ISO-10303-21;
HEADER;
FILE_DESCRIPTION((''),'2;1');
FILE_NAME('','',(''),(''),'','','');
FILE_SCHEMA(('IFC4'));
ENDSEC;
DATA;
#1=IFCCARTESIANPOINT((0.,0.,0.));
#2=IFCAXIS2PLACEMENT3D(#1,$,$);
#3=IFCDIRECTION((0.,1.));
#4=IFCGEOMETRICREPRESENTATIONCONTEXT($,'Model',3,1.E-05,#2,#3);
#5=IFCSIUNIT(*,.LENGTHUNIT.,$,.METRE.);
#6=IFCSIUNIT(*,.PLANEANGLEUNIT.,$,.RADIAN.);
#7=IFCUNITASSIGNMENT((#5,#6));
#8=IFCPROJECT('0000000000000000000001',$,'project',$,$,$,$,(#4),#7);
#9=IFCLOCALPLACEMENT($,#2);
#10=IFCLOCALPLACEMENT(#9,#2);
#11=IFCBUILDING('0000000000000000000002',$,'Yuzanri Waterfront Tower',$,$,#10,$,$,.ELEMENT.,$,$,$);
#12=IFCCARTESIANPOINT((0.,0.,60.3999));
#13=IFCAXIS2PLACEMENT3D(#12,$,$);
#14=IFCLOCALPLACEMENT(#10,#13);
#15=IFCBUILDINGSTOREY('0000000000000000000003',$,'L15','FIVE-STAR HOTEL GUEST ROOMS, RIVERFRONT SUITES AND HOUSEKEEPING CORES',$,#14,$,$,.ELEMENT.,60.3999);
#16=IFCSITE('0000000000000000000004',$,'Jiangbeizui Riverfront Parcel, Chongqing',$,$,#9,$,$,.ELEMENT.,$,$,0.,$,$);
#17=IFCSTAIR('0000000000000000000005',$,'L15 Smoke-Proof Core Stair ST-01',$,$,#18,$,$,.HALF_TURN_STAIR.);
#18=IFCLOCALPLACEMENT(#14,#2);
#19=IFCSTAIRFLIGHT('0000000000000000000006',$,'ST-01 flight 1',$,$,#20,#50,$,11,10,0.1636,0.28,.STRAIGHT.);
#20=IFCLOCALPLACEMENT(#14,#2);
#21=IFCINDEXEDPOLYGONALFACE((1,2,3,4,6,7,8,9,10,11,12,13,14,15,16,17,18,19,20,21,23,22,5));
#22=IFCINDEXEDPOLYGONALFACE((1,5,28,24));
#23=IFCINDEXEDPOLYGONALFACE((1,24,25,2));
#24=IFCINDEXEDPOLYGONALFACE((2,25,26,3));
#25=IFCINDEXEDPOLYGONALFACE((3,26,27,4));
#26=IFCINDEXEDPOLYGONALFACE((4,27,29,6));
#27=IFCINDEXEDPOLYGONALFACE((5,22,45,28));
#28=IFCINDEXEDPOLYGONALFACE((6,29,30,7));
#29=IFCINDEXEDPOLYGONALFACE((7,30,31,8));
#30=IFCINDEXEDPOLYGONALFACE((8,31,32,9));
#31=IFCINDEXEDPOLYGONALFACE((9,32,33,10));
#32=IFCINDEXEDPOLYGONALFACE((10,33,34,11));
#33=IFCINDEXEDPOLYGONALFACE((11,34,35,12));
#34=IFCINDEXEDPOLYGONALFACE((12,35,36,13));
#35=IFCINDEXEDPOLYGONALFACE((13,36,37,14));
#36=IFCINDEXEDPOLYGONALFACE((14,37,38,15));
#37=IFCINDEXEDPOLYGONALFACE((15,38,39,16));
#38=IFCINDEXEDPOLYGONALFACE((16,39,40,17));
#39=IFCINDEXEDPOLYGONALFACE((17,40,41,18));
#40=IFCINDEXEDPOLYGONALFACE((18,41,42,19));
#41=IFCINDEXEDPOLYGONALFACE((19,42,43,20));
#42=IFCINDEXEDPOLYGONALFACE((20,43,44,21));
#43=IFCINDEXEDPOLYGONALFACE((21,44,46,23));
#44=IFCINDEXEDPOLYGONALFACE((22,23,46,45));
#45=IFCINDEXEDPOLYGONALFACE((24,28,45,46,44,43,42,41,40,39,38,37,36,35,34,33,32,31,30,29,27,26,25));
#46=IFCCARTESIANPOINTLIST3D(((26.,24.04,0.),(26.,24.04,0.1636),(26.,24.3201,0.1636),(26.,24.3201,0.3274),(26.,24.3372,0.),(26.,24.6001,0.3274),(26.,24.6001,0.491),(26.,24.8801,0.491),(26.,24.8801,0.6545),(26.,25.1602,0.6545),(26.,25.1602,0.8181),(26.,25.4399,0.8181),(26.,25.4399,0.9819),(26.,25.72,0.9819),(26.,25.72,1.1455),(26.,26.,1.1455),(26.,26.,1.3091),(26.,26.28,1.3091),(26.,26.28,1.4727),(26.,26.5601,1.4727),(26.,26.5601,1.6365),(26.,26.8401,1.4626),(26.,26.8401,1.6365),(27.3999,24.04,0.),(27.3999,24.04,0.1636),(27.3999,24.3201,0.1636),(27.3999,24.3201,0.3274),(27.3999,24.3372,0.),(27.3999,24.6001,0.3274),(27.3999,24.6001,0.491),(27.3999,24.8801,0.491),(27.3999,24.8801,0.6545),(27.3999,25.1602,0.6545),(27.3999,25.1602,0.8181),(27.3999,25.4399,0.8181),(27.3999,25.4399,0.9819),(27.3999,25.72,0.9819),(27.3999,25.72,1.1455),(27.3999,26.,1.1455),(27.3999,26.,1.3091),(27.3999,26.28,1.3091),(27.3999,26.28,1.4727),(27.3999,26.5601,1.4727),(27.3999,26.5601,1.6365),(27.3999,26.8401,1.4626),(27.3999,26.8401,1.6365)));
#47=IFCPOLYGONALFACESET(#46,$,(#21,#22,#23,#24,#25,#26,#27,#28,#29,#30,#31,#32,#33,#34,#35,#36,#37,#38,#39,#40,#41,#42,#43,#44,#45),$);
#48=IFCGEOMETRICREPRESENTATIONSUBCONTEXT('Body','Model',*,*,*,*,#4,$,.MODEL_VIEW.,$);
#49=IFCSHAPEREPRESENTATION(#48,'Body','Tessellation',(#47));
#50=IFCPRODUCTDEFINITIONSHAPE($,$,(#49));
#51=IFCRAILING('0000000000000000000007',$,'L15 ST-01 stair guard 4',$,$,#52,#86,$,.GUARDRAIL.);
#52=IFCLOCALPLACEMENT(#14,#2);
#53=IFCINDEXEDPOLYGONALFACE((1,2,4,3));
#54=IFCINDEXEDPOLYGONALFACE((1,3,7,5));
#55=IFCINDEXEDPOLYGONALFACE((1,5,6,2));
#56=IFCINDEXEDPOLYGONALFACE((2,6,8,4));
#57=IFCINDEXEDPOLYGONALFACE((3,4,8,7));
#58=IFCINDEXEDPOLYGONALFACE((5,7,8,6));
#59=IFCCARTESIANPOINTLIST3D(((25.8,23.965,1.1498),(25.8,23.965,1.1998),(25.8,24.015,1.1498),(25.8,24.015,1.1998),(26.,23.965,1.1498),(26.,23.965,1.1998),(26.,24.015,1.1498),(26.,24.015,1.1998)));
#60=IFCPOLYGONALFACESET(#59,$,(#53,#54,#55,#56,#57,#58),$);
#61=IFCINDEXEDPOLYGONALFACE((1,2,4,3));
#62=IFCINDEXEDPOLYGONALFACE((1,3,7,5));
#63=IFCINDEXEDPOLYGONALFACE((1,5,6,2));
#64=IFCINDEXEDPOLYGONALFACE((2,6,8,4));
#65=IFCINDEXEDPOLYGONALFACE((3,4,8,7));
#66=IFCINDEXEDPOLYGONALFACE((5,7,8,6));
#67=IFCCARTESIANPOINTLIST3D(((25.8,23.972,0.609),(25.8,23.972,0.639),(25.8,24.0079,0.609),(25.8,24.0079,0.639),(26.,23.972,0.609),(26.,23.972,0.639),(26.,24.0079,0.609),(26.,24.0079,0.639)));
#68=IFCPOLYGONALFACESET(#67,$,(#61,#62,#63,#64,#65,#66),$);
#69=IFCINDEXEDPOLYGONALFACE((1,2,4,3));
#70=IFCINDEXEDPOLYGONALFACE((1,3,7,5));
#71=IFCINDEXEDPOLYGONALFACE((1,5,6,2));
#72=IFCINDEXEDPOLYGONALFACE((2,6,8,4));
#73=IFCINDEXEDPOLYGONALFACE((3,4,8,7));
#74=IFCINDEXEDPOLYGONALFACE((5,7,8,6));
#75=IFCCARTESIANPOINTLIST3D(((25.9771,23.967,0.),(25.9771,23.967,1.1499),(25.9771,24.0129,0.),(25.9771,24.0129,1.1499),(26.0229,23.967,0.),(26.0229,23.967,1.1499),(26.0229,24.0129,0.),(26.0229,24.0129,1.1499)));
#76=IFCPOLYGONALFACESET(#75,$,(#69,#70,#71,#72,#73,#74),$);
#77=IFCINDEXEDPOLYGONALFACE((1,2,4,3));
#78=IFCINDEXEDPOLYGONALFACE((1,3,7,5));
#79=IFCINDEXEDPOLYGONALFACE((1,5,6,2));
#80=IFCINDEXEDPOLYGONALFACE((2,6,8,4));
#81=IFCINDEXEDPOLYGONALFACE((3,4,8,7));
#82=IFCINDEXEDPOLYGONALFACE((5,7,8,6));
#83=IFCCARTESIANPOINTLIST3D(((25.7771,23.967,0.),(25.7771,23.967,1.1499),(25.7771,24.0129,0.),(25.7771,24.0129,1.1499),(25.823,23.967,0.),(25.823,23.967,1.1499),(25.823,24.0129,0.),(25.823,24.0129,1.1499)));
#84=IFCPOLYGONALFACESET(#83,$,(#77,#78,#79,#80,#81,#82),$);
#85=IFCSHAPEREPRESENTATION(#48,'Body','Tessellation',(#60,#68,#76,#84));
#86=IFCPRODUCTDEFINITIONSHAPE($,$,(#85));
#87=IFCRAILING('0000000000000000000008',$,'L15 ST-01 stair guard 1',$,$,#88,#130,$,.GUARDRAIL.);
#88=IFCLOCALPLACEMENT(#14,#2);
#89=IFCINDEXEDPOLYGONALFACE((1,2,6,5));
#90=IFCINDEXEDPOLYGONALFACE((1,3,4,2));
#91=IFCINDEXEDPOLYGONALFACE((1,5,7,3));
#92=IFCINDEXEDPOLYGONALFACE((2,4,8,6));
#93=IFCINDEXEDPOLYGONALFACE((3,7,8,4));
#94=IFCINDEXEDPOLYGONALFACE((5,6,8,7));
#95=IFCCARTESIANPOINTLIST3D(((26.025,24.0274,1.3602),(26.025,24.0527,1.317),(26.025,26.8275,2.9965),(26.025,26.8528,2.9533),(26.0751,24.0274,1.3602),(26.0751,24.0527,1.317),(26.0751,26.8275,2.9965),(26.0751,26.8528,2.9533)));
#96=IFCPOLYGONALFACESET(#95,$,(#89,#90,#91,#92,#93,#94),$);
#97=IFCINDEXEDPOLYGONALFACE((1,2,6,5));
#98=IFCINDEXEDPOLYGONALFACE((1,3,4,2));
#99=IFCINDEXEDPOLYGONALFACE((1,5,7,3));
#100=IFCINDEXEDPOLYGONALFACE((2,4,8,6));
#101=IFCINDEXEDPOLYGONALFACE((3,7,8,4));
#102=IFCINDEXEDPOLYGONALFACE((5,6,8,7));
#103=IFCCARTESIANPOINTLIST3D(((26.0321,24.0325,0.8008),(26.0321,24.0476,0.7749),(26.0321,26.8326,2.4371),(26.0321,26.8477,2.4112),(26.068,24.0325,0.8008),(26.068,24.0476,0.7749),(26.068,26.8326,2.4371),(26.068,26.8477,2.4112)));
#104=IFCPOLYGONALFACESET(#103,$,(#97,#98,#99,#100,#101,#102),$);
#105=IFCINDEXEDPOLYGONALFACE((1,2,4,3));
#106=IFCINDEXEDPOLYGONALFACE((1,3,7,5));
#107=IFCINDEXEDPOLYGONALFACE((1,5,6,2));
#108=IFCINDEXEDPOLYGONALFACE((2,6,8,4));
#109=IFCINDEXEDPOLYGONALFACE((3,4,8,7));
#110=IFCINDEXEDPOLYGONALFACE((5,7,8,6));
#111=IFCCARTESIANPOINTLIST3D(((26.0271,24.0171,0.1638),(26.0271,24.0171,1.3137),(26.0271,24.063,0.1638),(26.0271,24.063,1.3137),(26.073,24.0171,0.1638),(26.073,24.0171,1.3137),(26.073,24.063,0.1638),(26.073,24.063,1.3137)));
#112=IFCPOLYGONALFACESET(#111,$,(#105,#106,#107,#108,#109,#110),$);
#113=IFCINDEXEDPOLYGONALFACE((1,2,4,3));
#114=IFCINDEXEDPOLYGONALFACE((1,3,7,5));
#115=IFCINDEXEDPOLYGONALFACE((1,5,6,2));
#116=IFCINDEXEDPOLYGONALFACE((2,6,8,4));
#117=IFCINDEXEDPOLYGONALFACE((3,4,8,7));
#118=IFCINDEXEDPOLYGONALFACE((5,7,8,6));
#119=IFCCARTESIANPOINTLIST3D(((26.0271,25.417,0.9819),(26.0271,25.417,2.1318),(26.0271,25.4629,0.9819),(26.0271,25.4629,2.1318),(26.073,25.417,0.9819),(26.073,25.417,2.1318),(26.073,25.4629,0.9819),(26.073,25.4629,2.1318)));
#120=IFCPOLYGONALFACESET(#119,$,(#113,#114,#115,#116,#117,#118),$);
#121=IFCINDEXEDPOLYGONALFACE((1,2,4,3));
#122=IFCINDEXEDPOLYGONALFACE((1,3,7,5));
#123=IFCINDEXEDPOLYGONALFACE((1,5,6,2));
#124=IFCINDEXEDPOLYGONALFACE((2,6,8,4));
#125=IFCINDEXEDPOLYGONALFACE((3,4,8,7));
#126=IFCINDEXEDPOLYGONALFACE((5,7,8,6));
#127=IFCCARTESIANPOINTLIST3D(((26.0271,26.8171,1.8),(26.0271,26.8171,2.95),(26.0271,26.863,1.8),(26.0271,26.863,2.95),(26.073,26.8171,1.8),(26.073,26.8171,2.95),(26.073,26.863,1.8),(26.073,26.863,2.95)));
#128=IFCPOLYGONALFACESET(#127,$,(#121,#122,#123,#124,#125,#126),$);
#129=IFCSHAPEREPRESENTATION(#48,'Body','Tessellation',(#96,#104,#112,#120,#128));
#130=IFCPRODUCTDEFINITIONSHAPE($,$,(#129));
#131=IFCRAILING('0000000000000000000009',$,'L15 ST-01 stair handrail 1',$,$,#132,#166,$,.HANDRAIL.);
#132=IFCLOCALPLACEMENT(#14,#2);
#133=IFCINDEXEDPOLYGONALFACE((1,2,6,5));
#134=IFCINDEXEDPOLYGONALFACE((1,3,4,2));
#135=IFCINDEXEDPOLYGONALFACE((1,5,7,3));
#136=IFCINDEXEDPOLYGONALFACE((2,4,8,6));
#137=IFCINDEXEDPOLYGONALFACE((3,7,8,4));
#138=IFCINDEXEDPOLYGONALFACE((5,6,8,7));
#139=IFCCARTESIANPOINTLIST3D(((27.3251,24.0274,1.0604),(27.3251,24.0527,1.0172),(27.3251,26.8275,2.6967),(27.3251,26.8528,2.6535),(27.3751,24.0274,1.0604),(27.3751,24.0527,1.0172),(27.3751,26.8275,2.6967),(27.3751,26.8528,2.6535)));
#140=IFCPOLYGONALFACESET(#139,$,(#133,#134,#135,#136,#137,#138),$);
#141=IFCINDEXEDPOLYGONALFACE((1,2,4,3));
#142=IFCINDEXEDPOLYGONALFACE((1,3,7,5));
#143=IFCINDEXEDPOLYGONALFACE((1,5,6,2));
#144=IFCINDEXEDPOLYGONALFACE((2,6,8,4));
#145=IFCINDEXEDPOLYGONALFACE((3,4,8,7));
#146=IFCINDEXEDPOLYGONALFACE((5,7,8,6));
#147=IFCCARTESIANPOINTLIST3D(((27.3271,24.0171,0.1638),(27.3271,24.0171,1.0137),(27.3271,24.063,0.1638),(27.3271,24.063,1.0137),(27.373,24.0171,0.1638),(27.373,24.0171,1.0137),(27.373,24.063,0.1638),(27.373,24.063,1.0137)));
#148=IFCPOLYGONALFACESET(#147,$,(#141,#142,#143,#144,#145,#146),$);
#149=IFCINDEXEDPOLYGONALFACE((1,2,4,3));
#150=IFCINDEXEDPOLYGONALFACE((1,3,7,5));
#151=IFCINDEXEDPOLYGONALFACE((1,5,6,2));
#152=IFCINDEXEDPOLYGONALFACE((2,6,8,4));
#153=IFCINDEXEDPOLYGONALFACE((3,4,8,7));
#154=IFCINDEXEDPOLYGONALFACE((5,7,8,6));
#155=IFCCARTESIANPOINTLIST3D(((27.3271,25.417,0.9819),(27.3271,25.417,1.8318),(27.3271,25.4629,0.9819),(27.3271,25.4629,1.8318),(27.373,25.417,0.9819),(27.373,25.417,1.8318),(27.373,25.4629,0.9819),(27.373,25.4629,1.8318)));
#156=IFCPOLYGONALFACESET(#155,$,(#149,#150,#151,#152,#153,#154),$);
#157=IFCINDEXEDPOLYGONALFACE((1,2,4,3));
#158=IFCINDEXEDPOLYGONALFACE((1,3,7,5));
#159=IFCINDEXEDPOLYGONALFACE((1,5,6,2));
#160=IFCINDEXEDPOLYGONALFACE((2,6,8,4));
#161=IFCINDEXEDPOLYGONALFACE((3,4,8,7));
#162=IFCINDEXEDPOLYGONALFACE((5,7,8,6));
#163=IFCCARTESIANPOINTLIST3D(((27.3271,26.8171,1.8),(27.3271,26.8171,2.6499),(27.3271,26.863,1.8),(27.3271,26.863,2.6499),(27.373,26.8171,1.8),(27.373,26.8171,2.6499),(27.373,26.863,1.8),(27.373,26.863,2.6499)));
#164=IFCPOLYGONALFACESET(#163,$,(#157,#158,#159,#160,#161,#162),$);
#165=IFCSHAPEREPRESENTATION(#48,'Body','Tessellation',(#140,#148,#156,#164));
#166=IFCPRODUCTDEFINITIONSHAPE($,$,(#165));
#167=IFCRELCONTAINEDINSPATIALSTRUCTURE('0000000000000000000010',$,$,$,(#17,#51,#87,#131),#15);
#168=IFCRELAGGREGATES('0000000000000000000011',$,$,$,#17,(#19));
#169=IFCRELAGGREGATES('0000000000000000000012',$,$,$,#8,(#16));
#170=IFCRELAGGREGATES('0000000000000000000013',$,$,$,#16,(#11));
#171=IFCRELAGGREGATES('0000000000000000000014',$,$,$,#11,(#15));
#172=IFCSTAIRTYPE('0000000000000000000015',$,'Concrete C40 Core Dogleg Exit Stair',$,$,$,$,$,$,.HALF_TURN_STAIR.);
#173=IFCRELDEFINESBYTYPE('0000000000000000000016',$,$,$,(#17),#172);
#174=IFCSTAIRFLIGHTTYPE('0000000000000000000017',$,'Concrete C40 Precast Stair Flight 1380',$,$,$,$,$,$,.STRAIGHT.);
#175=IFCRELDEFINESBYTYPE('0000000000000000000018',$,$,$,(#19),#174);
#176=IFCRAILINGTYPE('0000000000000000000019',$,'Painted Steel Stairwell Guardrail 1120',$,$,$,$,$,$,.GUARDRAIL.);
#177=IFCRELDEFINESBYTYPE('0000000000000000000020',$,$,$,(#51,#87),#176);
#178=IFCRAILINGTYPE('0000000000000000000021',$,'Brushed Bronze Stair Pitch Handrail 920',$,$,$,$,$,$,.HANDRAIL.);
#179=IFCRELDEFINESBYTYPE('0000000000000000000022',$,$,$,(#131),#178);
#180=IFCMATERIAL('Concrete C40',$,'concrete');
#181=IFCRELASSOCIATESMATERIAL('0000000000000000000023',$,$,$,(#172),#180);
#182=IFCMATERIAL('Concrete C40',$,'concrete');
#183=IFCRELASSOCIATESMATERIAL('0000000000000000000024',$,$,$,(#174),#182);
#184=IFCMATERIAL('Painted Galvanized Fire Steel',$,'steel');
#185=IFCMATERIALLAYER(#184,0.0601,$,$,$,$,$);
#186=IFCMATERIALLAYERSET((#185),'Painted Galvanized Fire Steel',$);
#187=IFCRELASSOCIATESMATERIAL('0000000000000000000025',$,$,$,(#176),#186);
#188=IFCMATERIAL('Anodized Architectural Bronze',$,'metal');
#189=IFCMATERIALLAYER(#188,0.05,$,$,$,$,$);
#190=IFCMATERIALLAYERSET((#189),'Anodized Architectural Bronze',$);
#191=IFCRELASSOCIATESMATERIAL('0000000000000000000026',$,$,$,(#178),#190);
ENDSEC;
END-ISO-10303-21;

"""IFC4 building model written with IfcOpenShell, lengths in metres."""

from ifc_helpers import new_model, si_unit, direction, frame, origin, origin_2d, place, context, subcontext, project, spatial, polyline, rectangle, outline, extrude, source, transform, mapped, material, layer, layer_set, type_object, element, aggregate, save


model = new_model("IFC4")

# Units and contexts
model_context = context("Model", 3, precision=1e-05, world=origin(), true_north=direction((0.0, 1.0)))
body_context = subcontext(model_context, "Body", "Model", "MODEL_VIEW")
ifc_project = project(units=[si_unit("LENGTHUNIT", "METRE"), si_unit("PLANEANGLEUNIT", "RADIAN")], contexts=[model_context])

# Site, building, storey
site_placement = place(None, origin())
site = spatial("IfcSite", under=ifc_project, at=site_placement, Name="Jiangbeizui Riverfront Parcel, Chongqing", CompositionType="ELEMENT", RefElevation=0.0)
building_placement = place(site_placement, origin())
building = spatial("IfcBuilding", under=site, at=building_placement, Name="Yuzanri Waterfront Tower", CompositionType="ELEMENT")
storey_placement = place(building_placement, frame((0.0, 0.0, 60.3999)))
storey = spatial("IfcBuildingStorey", under=building, at=storey_placement, Name="L15", Description="FIVE-STAR HOTEL GUEST ROOMS, RIVERFRONT SUITES AND HOUSEKEEPING CORES", CompositionType="ELEMENT", Elevation=60.3999)

# Stair, stair flight
ifc_material_1 = material(Name="Concrete C40", Category="concrete")
stair_type = type_object("IfcStairType", Name="Concrete C40 Core Dogleg Exit Stair", PredefinedType="HALF_TURN_STAIR", material=ifc_material_1)
stair_placement = place(storey_placement, origin())
stair = element("IfcStair", 1, at=stair_placement, inside=storey, type_object=stair_type, Name="L15 Smoke-Proof Core Stair ST-01", PredefinedType="HALF_TURN_STAIR")
ifc_material_2 = material(Name="Concrete C40", Category="concrete")
stair_flight_type = type_object("IfcStairFlightType", Name="Concrete C40 Precast Stair Flight 1380", PredefinedType="STRAIGHT", material=ifc_material_2)
shared_shape_1 = source(origin(), body_context, "Body", "SweptSolid", [
    extrude(outline(polyline([(0.0, 0.0), (0.0, 0.1636), (0.28, 0.1636), (0.28, 0.3274), (0.5601, 0.3274), (0.5601, 0.491), (0.8401, 0.491), (0.8401, 0.6545), (1.1201, 0.6545), (1.1201, 0.8181), (1.3999, 0.8181), (1.3999, 0.9819), (1.6799, 0.9819), (1.6799, 1.1455), (1.96, 1.1455), (1.96, 1.3091), (2.24, 1.3091), (2.24, 1.4727), (2.52, 1.4727), (2.52, 1.6365), (2.8, 1.6365), (2.8, 1.8), (2.8, 1.4626), (0.2971, 0.0), (0.0, 0.0)])), frame((0.0, 0.7, 0.0), z_axis=(0.0, -1.0, 0.0), x_axis=(1.0, 0.0, 0.0)), (0.0, 0.0, 1.0), 1.3999),
])
stair_flight_placement = place(storey_placement, frame((26.7, 24.04, 0.0), z_axis=(0.0, 0.0, 1.0), x_axis=(0.0, 1.0, 0.0)))
stair_flight = element("IfcStairFlight", 2, at=stair_flight_placement, type_object=stair_flight_type, Name="ST-01 flight 1", NumberOfRisers=11, NumberOfTreads=10, PredefinedType="STRAIGHT", RiserHeight=0.1636, TreadLength=0.28, context=body_context, shape_type="MappedRepresentation", body=[
    mapped(shared_shape_1, transform((0.0, 0.0, 0.0), scale=1.0)),
])
aggregate(stair, [stair_flight])

# Railings
ifc_material_3 = material(Name="Painted Galvanized Fire Steel", Category="steel")
ifc_layer_1 = layer(ifc_material_3, 0.0601)
ifc_layer_set_1 = layer_set([ifc_layer_1], Name="Painted Galvanized Fire Steel")
railing_type_1 = type_object("IfcRailingType", Name="Painted Steel Stairwell Guardrail 1120", PredefinedType="GUARDRAIL", material=ifc_layer_set_1)
shared_shape_2 = source(origin(), body_context, "Body", "SweptSolid", [
    extrude(rectangle(XDim=0.05, YDim=0.05, at=origin_2d()), frame((0.0, 0.0, 1.1748), z_axis=(-1.0, 0.0, 0.0), x_axis=(0.0, -1.0, 0.0)), (0.0, 0.0, 1.0), 0.2),
    extrude(rectangle(XDim=0.0359, YDim=0.03, at=origin_2d()), frame((0.0, 0.0, 0.624), z_axis=(-1.0, 0.0, 0.0), x_axis=(0.0, -1.0, 0.0)), (0.0, 0.0, 1.0), 0.2),
    extrude(rectangle(XDim=0.0459, YDim=0.0459, at=origin_2d()), origin(), (0.0, 0.0, 1.0), 1.1499),
    extrude(rectangle(XDim=0.0459, YDim=0.0459, at=origin_2d()), frame((-0.2, 0.0, 0.0)), (0.0, 0.0, 1.0), 1.1499),
])
railing_1_placement = place(storey_placement, frame((26.0, 23.99, 0.0)))
element("IfcRailing", 3, at=railing_1_placement, inside=storey, type_object=railing_type_1, Name="L15 ST-01 stair guard 4", PredefinedType="GUARDRAIL", context=body_context, shape_type="MappedRepresentation", body=[
    mapped(shared_shape_2, transform((0.0, 0.0, 0.0), scale=1.0)),
])
shared_shape_3 = source(origin(), body_context, "Body", "SweptSolid", [
    extrude(rectangle(XDim=0.05, YDim=0.05, at=origin_2d()), frame((0.0, 0.0, 1.1748), z_axis=(0.0, 0.863394, 0.504531), x_axis=(-1.0, 0.0, 0.0)), (0.0, 0.0, 1.0), 3.2432),
    extrude(rectangle(XDim=0.0359, YDim=0.03, at=origin_2d()), frame((0.0, 0.0, 0.624), z_axis=(0.0, 0.863394, 0.504531), x_axis=(-1.0, 0.0, 0.0)), (0.0, 0.0, 1.0), 3.2432),
    extrude(rectangle(XDim=0.0459, YDim=0.0459, at=origin_2d()), origin(), (0.0, 0.0, 1.0), 1.1499),
    extrude(rectangle(XDim=0.0459, YDim=0.0459, at=origin_2d()), frame((0.0, 1.3999, 0.8181)), (0.0, 0.0, 1.0), 1.1499),
    extrude(rectangle(XDim=0.0459, YDim=0.0459, at=origin_2d()), frame((0.0, 2.8, 1.6362)), (0.0, 0.0, 1.0), 1.1499),
])
railing_2_placement = place(storey_placement, frame((26.05, 24.04, 0.1638)))
element("IfcRailing", 4, at=railing_2_placement, inside=storey, type_object=railing_type_1, Name="L15 ST-01 stair guard 1", PredefinedType="GUARDRAIL", context=body_context, shape_type="MappedRepresentation", body=[
    mapped(shared_shape_3, transform((0.0, 0.0, 0.0), scale=1.0)),
])
ifc_material_4 = material(Name="Anodized Architectural Bronze", Category="metal")
ifc_layer_2 = layer(ifc_material_4, 0.05)
ifc_layer_set_2 = layer_set([ifc_layer_2], Name="Anodized Architectural Bronze")
railing_type_2 = type_object("IfcRailingType", Name="Brushed Bronze Stair Pitch Handrail 920", PredefinedType="HANDRAIL", material=ifc_layer_set_2)
shared_shape_4 = source(origin(), body_context, "Body", "SweptSolid", [
    extrude(rectangle(XDim=0.05, YDim=0.05, at=origin_2d()), frame((0.0, 0.0, 0.875), z_axis=(0.0, 0.863394, 0.504531), x_axis=(-1.0, 0.0, 0.0)), (0.0, 0.0, 1.0), 3.2432),
    extrude(rectangle(XDim=0.0459, YDim=0.0459, at=origin_2d()), origin(), (0.0, 0.0, 1.0), 0.8499),
    extrude(rectangle(XDim=0.0459, YDim=0.0459, at=origin_2d()), frame((0.0, 1.3999, 0.8181)), (0.0, 0.0, 1.0), 0.8499),
    extrude(rectangle(XDim=0.0459, YDim=0.0459, at=origin_2d()), frame((0.0, 2.8, 1.6362)), (0.0, 0.0, 1.0), 0.8499),
])
railing_3_placement = place(storey_placement, frame((27.3501, 24.04, 0.1638)))
element("IfcRailing", 5, at=railing_3_placement, inside=storey, type_object=railing_type_2, Name="L15 ST-01 stair handrail 1", PredefinedType="HANDRAIL", context=body_context, shape_type="MappedRepresentation", body=[
    mapped(shared_shape_4, transform((0.0, 0.0, 0.0), scale=1.0)),
])

save(model, "model.ifc")
